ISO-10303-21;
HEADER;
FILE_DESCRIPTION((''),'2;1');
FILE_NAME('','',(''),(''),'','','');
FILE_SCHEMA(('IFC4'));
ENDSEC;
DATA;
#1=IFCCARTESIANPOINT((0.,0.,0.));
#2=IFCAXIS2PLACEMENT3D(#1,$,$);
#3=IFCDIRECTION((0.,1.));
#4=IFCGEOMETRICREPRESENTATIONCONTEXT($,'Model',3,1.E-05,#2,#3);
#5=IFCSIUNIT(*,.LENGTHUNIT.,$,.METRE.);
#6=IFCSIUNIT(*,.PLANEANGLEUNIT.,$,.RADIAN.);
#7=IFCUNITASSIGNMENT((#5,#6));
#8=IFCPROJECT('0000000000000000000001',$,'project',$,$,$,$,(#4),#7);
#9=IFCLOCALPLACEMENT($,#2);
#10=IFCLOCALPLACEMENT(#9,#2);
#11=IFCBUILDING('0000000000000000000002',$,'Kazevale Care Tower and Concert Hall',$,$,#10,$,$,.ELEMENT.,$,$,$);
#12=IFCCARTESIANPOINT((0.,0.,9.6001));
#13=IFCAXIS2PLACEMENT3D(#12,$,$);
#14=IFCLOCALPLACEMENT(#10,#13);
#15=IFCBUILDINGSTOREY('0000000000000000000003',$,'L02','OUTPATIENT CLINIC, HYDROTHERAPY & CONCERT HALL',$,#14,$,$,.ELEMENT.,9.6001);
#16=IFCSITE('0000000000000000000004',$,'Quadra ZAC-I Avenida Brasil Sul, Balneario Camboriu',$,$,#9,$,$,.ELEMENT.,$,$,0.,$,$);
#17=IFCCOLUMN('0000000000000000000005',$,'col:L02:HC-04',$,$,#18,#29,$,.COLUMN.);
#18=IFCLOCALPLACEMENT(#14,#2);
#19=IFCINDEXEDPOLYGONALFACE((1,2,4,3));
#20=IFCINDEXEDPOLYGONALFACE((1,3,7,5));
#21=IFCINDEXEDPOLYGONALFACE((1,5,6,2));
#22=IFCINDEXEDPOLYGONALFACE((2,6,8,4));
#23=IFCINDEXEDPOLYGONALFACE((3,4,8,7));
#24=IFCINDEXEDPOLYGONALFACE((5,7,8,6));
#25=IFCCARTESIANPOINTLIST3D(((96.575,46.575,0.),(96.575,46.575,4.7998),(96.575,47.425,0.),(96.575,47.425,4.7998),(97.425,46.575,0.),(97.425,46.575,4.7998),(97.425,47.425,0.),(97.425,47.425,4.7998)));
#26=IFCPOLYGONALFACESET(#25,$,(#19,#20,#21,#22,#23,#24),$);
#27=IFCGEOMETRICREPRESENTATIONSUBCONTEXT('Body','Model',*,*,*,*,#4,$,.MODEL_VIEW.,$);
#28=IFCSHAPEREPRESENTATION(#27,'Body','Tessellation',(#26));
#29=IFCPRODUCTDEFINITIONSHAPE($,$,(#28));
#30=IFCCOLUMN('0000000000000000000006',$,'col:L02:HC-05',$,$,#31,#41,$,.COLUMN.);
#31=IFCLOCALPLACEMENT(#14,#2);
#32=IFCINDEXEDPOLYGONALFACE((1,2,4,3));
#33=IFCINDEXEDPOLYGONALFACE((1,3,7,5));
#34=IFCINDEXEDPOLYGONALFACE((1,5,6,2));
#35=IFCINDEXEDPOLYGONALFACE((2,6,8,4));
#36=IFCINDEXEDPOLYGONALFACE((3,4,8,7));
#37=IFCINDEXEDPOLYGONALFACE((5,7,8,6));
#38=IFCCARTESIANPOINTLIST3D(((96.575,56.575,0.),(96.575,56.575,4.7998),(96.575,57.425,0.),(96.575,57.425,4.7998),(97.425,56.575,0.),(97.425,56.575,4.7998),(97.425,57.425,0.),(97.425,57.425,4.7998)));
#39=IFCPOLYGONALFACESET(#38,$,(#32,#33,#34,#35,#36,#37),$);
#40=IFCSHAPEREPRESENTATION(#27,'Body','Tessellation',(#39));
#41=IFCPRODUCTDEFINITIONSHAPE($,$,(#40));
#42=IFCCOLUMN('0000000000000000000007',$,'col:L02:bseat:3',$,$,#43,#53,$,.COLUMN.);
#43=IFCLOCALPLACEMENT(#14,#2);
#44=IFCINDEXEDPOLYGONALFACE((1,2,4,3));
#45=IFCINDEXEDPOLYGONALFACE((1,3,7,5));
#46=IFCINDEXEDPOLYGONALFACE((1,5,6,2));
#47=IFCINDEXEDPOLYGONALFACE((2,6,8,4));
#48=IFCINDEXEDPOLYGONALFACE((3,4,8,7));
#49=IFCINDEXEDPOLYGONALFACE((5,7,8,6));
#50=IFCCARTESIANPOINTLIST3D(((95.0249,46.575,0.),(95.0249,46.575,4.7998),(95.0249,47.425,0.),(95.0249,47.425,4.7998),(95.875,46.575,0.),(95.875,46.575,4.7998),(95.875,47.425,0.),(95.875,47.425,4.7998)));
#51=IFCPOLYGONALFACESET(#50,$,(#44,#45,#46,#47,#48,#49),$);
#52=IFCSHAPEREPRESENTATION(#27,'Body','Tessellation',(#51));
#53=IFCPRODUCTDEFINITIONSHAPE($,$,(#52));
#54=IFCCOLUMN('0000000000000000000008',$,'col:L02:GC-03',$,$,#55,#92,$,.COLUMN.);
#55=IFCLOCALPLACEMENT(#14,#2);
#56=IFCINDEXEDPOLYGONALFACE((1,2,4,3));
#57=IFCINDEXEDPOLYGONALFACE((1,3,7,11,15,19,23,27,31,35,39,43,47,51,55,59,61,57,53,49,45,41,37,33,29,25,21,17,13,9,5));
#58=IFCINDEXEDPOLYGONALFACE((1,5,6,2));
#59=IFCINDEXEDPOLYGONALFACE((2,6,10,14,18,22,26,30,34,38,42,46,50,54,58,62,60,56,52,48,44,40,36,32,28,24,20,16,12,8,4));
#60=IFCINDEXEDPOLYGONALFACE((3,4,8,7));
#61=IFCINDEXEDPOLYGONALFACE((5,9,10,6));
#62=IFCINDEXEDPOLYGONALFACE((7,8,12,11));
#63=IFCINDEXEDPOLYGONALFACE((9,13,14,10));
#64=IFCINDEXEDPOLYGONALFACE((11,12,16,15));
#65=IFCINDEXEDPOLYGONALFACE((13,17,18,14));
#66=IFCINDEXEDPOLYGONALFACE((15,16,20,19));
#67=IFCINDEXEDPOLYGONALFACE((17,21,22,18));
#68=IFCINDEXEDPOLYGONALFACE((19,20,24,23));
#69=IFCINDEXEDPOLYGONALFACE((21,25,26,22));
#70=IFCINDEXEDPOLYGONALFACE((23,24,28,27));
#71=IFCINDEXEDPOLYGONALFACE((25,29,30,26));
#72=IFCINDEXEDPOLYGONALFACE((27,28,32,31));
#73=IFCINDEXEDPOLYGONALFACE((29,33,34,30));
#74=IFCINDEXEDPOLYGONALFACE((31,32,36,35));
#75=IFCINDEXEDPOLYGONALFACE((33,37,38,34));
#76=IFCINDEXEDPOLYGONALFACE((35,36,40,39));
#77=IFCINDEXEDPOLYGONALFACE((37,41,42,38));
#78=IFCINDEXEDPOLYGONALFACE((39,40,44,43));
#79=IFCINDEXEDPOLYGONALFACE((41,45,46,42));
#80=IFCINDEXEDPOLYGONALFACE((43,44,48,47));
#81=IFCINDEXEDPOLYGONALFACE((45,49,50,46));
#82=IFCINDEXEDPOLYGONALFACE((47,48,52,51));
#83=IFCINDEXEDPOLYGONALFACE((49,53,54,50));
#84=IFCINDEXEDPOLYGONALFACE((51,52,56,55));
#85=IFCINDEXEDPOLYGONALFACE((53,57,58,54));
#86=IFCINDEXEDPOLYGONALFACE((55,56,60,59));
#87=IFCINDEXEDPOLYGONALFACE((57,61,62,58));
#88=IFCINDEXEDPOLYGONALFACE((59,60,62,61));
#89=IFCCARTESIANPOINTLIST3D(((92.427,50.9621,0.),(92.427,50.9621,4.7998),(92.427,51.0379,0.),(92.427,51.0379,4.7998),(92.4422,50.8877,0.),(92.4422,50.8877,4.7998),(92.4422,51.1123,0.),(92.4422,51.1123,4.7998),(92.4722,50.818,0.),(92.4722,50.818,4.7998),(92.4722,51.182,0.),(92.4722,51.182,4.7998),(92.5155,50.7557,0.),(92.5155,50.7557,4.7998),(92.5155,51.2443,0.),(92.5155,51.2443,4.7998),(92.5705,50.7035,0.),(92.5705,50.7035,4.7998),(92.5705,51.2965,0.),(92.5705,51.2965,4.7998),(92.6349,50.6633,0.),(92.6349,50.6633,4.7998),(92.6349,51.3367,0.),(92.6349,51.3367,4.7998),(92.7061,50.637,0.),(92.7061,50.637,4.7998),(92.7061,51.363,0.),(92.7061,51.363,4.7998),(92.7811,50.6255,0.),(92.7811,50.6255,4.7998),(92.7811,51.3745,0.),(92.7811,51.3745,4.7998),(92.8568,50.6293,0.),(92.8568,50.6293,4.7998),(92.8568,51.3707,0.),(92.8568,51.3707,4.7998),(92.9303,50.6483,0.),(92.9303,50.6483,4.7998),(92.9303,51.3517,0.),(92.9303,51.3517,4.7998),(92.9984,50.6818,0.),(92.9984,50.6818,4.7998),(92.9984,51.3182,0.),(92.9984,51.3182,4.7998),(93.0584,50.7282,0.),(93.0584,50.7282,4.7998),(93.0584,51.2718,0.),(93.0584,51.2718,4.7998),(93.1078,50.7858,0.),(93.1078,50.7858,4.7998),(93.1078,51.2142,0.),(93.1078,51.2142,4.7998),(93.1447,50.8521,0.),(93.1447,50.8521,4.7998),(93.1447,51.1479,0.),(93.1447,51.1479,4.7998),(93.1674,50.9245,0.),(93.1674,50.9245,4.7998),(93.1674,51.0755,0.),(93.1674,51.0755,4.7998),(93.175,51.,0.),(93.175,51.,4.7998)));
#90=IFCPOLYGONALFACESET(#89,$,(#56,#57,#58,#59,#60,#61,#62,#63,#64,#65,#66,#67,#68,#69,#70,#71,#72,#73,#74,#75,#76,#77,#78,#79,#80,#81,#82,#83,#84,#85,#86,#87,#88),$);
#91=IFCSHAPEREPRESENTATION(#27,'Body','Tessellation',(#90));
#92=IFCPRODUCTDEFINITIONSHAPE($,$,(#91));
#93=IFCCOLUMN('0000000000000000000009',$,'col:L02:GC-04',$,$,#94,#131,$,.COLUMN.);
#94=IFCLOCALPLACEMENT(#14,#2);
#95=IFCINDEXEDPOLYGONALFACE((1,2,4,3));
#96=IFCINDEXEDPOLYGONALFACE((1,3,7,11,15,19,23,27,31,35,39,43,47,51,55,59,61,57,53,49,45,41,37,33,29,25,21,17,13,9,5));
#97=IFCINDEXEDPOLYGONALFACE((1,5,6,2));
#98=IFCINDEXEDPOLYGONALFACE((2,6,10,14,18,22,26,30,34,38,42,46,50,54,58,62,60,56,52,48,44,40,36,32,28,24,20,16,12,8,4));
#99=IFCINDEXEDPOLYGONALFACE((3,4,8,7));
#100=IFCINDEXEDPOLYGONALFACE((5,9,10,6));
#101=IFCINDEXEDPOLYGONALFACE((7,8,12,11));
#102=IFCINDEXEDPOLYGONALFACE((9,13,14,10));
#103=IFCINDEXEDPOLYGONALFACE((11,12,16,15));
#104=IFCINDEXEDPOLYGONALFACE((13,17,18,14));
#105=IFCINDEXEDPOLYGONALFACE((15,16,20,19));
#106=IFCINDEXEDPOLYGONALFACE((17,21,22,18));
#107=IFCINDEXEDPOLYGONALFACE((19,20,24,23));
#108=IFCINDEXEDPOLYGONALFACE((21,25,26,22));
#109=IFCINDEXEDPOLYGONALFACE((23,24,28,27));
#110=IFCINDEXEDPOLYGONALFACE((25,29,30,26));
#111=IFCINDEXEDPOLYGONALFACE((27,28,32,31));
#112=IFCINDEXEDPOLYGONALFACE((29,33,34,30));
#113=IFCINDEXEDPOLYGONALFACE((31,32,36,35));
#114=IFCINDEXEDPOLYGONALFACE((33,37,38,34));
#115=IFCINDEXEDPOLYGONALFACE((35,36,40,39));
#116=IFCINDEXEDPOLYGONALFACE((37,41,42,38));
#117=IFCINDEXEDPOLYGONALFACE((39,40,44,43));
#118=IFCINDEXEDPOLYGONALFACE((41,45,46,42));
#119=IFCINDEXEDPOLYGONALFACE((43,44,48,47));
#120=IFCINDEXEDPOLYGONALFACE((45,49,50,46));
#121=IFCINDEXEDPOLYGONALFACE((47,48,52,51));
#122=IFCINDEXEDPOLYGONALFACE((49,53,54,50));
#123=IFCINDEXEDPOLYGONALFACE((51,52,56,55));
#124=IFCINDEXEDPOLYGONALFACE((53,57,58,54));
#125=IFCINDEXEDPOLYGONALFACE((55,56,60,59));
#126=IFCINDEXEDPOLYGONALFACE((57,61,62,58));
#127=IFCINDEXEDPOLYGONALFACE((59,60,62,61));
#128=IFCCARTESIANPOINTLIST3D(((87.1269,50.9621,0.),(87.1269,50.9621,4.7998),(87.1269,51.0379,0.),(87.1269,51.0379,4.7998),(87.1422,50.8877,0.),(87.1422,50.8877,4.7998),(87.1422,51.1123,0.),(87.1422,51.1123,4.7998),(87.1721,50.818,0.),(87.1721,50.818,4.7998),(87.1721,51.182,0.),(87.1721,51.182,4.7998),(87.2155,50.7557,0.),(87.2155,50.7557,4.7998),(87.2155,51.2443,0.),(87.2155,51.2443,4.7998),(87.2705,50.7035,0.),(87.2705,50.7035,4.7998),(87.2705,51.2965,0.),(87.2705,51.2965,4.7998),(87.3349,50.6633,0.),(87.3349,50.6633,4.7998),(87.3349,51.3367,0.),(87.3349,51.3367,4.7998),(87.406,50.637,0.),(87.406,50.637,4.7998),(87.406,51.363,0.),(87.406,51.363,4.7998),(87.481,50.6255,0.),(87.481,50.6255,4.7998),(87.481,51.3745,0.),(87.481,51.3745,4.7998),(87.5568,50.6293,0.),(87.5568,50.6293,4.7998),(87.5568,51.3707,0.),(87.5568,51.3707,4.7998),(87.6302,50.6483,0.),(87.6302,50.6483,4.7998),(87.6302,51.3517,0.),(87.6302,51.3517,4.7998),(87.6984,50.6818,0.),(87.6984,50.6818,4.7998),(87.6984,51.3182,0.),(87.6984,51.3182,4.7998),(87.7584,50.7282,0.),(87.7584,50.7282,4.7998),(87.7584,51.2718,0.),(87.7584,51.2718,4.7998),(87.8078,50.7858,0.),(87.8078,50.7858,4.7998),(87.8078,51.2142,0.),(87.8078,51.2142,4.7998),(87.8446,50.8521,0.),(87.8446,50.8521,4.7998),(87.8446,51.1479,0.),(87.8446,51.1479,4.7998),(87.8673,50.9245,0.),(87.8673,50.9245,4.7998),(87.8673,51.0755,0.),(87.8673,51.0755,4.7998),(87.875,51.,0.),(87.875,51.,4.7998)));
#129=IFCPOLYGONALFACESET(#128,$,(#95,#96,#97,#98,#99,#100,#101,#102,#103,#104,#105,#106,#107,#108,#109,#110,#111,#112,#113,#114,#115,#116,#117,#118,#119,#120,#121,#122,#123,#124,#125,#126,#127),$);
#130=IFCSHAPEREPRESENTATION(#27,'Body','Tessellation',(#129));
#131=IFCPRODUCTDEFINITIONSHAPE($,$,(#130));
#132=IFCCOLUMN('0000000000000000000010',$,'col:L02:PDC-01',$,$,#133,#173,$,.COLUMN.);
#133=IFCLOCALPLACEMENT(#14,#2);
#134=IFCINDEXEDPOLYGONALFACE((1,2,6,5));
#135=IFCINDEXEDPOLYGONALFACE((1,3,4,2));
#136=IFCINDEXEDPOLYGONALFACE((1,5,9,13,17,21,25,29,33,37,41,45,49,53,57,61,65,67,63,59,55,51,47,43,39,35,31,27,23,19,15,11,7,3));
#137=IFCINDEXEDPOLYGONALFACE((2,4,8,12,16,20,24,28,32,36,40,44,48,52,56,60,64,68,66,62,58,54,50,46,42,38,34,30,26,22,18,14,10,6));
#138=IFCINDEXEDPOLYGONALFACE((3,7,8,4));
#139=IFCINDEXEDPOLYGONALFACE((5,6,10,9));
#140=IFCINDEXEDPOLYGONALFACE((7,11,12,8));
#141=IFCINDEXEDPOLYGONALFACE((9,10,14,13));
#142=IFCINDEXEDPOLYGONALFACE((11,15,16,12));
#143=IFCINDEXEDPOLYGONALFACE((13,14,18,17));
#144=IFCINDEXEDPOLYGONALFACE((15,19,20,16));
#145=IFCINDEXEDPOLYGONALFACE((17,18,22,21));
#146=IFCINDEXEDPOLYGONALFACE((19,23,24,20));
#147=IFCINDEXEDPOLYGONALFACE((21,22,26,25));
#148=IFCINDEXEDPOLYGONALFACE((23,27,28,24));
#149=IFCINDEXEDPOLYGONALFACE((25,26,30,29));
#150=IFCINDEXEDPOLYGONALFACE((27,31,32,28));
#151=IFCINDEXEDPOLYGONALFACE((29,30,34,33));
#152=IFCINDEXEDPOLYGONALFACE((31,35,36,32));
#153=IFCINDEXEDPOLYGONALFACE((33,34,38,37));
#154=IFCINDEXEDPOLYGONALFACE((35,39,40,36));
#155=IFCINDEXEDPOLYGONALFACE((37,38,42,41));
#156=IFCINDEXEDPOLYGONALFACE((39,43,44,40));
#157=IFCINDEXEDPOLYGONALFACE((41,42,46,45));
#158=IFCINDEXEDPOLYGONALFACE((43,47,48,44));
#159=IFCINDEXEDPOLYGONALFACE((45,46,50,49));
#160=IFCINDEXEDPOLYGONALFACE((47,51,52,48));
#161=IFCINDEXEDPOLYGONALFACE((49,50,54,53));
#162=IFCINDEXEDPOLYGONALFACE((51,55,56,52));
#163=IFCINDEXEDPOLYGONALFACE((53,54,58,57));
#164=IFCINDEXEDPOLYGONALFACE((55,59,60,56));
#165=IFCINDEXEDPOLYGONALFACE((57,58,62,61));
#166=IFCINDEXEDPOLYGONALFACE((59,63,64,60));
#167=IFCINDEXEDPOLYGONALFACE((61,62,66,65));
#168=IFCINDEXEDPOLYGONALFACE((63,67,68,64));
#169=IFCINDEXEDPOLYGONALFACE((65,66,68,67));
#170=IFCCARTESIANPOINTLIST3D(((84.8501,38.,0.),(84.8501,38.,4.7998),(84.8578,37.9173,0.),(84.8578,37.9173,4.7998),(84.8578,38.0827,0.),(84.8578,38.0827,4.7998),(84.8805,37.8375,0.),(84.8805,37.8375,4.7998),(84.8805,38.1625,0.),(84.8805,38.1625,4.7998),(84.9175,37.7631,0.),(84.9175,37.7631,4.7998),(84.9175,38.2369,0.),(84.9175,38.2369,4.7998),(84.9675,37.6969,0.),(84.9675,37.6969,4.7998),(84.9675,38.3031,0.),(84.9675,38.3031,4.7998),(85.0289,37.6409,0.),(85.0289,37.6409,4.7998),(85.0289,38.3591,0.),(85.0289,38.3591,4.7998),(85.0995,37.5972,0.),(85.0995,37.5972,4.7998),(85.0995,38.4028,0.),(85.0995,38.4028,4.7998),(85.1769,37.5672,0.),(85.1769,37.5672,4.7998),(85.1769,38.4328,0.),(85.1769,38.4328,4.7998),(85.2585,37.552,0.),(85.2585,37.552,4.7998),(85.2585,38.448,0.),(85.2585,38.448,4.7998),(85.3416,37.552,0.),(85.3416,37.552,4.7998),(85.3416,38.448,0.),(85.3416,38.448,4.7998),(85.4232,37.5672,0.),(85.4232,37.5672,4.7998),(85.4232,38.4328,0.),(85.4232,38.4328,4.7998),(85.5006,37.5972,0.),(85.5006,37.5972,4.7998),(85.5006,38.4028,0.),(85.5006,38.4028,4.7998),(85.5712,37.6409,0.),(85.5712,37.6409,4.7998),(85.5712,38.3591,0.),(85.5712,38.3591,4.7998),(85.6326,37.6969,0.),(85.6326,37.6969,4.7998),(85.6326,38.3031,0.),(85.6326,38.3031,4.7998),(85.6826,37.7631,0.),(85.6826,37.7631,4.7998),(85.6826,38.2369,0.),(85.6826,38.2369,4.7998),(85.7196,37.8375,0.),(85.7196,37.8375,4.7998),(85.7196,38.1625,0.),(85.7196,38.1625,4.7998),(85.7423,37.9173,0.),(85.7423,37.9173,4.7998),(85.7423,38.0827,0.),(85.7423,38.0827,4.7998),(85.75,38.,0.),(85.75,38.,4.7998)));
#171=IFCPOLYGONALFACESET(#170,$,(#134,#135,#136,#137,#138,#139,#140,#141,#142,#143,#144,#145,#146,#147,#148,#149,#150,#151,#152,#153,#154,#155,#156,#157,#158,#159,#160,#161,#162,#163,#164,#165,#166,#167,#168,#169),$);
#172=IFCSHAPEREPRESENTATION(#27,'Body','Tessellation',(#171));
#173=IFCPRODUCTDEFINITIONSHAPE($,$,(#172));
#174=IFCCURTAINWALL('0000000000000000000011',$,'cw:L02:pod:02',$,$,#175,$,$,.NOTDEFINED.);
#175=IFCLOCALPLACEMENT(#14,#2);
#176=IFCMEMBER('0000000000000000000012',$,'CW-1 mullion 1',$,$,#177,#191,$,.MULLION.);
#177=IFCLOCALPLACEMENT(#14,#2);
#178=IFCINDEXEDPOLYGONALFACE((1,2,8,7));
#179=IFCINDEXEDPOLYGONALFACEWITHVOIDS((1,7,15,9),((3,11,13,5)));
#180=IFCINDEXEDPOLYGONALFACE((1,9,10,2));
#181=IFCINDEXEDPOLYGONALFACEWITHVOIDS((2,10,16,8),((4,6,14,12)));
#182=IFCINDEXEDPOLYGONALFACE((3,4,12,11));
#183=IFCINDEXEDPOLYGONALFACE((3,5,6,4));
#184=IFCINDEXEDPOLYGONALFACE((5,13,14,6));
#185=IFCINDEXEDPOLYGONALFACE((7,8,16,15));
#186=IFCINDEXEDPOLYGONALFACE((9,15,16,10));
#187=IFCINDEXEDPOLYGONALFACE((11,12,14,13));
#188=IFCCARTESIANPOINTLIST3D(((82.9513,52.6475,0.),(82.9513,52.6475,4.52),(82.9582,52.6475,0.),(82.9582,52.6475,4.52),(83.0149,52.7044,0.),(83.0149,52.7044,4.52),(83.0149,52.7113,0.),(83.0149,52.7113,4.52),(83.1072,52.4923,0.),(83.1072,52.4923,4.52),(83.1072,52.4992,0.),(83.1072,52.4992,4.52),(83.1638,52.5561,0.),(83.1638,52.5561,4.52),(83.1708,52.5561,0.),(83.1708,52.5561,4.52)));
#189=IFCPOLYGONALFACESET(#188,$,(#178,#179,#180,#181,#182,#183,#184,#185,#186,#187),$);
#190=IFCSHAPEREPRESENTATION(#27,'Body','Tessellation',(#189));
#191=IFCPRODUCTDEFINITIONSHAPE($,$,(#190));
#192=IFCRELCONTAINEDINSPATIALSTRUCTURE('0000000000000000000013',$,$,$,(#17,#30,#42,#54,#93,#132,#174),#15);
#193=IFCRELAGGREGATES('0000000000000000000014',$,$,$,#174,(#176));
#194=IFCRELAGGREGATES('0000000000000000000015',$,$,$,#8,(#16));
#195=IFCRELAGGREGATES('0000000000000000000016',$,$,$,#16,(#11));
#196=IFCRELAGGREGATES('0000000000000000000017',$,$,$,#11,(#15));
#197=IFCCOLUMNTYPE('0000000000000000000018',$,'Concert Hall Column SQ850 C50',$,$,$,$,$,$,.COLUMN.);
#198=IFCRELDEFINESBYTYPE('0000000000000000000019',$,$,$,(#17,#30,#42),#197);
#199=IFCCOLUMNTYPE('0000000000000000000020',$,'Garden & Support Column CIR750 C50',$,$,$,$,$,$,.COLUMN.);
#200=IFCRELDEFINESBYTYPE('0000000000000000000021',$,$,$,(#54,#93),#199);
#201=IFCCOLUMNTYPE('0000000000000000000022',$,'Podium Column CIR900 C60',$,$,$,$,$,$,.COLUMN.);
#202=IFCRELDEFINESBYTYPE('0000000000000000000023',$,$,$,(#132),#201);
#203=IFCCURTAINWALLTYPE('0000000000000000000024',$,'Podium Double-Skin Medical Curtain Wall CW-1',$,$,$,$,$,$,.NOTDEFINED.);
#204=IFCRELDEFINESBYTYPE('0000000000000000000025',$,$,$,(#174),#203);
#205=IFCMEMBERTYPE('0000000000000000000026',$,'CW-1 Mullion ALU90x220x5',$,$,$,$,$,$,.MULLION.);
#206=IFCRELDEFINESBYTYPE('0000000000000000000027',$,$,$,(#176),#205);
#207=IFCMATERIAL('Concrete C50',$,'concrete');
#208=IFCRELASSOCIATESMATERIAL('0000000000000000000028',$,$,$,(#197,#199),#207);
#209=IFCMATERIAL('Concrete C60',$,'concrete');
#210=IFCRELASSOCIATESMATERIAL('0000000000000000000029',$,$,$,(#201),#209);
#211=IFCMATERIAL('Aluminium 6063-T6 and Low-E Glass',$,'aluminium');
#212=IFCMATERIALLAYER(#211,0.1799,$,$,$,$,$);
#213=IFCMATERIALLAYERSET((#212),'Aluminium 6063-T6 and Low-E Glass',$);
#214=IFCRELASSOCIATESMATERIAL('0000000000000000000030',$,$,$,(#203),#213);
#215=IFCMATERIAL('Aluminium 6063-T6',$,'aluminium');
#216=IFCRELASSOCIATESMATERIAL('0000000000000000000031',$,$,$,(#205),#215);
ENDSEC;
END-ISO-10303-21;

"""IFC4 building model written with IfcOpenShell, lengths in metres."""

from ifc_helpers import new_model, si_unit, direction, frame, origin, origin_2d, place, context, subcontext, project, spatial, rectangle, hollow_rectangle, circle, extrude, material, layer, layer_set, material_profile, profile_set, type_object, element, aggregate, save


model = new_model("IFC4")

# Units and contexts
model_context = context("Model", 3, precision=1e-05, world=origin(), true_north=direction((0.0, 1.0)))
body_context = subcontext(model_context, "Body", "Model", "MODEL_VIEW")
ifc_project = project(units=[si_unit("LENGTHUNIT", "METRE"), si_unit("PLANEANGLEUNIT", "RADIAN")], contexts=[model_context])

# Site, building, storey
site_placement = place(None, origin())
site = spatial("IfcSite", under=ifc_project, at=site_placement, Name="Quadra ZAC-I Avenida Brasil Sul, Balneario Camboriu", CompositionType="ELEMENT", RefElevation=0.0)
building_placement = place(site_placement, origin())
building = spatial("IfcBuilding", under=site, at=building_placement, Name="Kazevale Care Tower and Concert Hall", CompositionType="ELEMENT")
storey_placement = place(building_placement, frame((0.0, 0.0, 9.6001)))
storey = spatial("IfcBuildingStorey", under=building, at=storey_placement, Name="L02", Description="OUTPATIENT CLINIC, HYDROTHERAPY & CONCERT HALL", CompositionType="ELEMENT", Elevation=9.6001)

# Columns
ifc_material_1 = material(Name="Concrete C50", Category="concrete")
ifc_material_profile_1 = material_profile(ifc_material_1, rectangle(XDim=0.8501, YDim=0.8501, at=origin_2d()), Name="RC-SQ850")
ifc_profile_set_1 = profile_set([ifc_material_profile_1], Name="Concrete C50")
column_type_1 = type_object("IfcColumnType", Name="Concert Hall Column SQ850 C50", PredefinedType="COLUMN", material=ifc_profile_set_1)
for number, where, z_axis, x_axis, name in (
    (1, (97.0, 47.0, 0.0), (0.0, 0.0, 1.0), (1.0, 0.0, 0.0), "col:L02:HC-04"),
    (2, (97.0, 57.0, 0.0), (0.0, 0.0, 1.0), (1.0, 0.0, 0.0), "col:L02:HC-05"),
    (3, (95.45, 47.0, 0.0), (0.0, 0.0, 1.0), (1.0, 0.0, 0.0), "col:L02:bseat:3"),
):
    element("IfcColumn", number, at=place(storey_placement, frame(where, z_axis=z_axis, x_axis=x_axis)), inside=storey, type_object=column_type_1, Name=name, PredefinedType="COLUMN", context=body_context, shape_type="SweptSolid", body=[
        extrude(rectangle(XDim=0.8501, YDim=0.8501, at=origin_2d()), origin(), (0.0, 0.0, 1.0), 4.7998),
    ])
ifc_material_profile_2 = material_profile(ifc_material_1, circle(Radius=0.375, at=origin_2d()), Name="RC-CIR750")
ifc_profile_set_2 = profile_set([ifc_material_profile_2], Name="Concrete C50")
column_type_2 = type_object("IfcColumnType", Name="Garden & Support Column CIR750 C50", PredefinedType="COLUMN", material=ifc_profile_set_2)
for number, where, z_axis, x_axis, name in (
    (4, (92.8, 51.0, 0.0), (0.0, 0.0, 1.0), (1.0, 0.0, 0.0), "col:L02:GC-03"),
    (5, (87.5, 51.0, 0.0), (0.0, 0.0, 1.0), (1.0, 0.0, 0.0), "col:L02:GC-04"),
):
    element("IfcColumn", number, at=place(storey_placement, frame(where, z_axis=z_axis, x_axis=x_axis)), inside=storey, type_object=column_type_2, Name=name, PredefinedType="COLUMN", context=body_context, shape_type="SweptSolid", body=[
        extrude(circle(Radius=0.375, at=origin_2d()), origin(), (0.0, 0.0, 1.0), 4.7998),
    ])
ifc_material_2 = material(Name="Concrete C60", Category="concrete")
ifc_material_profile_3 = material_profile(ifc_material_2, circle(Radius=0.45, at=origin_2d()), Name="RC-CIR900")
ifc_profile_set_3 = profile_set([ifc_material_profile_3], Name="Concrete C60")
column_type_3 = type_object("IfcColumnType", Name="Podium Column CIR900 C60", PredefinedType="COLUMN", material=ifc_profile_set_3)
column_placement = place(storey_placement, frame((85.3, 38.0, 0.0), z_axis=(0.0, 0.0, 1.0), x_axis=(1.0, 0.0, 0.0)))
element("IfcColumn", 6, at=column_placement, inside=storey, type_object=column_type_3, Name="col:L02:PDC-01", PredefinedType="COLUMN", context=body_context, shape_type="SweptSolid", body=[
    extrude(circle(Radius=0.45, at=origin_2d()), origin(), (0.0, 0.0, 1.0), 4.7998),
])

# Curtain wall, member
ifc_material_3 = material(Name="Aluminium 6063-T6 and Low-E Glass", Category="aluminium")
ifc_layer_1 = layer(ifc_material_3, 0.1799)
ifc_layer_set_1 = layer_set([ifc_layer_1], Name="Aluminium 6063-T6 and Low-E Glass")
curtain_wall_type_1 = type_object("IfcCurtainWallType", Name="Podium Double-Skin Medical Curtain Wall CW-1", PredefinedType="NOTDEFINED", material=ifc_layer_set_1)
curtain_wall_1_placement = place(storey_placement, origin())
curtain_wall_1 = element("IfcCurtainWall", 7, at=curtain_wall_1_placement, inside=storey, type_object=curtain_wall_type_1, Name="cw:L02:pod:02", PredefinedType="NOTDEFINED")
ifc_material_4 = material(Name="Aluminium 6063-T6", Category="aluminium")
ifc_material_profile_4 = material_profile(ifc_material_4, hollow_rectangle(XDim=0.0901, YDim=0.22, WallThickness=0.0049, at=origin_2d()), Name="ALU90x220x5")
ifc_profile_set_4 = profile_set([ifc_material_profile_4], Name="Aluminium 6063-T6")
member_type_1 = type_object("IfcMemberType", Name="CW-1 Mullion ALU90x220x5", PredefinedType="MULLION", material=ifc_profile_set_4)
member_1_placement = place(storey_placement, frame((83.061, 52.6018, 0.0), z_axis=(0.0, 0.0, 1.0), x_axis=(-0.705656, -0.708555, 0.0)))
member_1 = element("IfcMember", 8, at=member_1_placement, type_object=member_type_1, Name="CW-1 mullion 1", PredefinedType="MULLION", context=body_context, shape_type="SweptSolid", body=[
    extrude(hollow_rectangle(XDim=0.0901, YDim=0.22, WallThickness=0.0049, at=origin_2d()), origin(), (0.0, 0.0, 1.0), 4.52),
])
aggregate(curtain_wall_1, [member_1])

save(model, "model.ifc")
